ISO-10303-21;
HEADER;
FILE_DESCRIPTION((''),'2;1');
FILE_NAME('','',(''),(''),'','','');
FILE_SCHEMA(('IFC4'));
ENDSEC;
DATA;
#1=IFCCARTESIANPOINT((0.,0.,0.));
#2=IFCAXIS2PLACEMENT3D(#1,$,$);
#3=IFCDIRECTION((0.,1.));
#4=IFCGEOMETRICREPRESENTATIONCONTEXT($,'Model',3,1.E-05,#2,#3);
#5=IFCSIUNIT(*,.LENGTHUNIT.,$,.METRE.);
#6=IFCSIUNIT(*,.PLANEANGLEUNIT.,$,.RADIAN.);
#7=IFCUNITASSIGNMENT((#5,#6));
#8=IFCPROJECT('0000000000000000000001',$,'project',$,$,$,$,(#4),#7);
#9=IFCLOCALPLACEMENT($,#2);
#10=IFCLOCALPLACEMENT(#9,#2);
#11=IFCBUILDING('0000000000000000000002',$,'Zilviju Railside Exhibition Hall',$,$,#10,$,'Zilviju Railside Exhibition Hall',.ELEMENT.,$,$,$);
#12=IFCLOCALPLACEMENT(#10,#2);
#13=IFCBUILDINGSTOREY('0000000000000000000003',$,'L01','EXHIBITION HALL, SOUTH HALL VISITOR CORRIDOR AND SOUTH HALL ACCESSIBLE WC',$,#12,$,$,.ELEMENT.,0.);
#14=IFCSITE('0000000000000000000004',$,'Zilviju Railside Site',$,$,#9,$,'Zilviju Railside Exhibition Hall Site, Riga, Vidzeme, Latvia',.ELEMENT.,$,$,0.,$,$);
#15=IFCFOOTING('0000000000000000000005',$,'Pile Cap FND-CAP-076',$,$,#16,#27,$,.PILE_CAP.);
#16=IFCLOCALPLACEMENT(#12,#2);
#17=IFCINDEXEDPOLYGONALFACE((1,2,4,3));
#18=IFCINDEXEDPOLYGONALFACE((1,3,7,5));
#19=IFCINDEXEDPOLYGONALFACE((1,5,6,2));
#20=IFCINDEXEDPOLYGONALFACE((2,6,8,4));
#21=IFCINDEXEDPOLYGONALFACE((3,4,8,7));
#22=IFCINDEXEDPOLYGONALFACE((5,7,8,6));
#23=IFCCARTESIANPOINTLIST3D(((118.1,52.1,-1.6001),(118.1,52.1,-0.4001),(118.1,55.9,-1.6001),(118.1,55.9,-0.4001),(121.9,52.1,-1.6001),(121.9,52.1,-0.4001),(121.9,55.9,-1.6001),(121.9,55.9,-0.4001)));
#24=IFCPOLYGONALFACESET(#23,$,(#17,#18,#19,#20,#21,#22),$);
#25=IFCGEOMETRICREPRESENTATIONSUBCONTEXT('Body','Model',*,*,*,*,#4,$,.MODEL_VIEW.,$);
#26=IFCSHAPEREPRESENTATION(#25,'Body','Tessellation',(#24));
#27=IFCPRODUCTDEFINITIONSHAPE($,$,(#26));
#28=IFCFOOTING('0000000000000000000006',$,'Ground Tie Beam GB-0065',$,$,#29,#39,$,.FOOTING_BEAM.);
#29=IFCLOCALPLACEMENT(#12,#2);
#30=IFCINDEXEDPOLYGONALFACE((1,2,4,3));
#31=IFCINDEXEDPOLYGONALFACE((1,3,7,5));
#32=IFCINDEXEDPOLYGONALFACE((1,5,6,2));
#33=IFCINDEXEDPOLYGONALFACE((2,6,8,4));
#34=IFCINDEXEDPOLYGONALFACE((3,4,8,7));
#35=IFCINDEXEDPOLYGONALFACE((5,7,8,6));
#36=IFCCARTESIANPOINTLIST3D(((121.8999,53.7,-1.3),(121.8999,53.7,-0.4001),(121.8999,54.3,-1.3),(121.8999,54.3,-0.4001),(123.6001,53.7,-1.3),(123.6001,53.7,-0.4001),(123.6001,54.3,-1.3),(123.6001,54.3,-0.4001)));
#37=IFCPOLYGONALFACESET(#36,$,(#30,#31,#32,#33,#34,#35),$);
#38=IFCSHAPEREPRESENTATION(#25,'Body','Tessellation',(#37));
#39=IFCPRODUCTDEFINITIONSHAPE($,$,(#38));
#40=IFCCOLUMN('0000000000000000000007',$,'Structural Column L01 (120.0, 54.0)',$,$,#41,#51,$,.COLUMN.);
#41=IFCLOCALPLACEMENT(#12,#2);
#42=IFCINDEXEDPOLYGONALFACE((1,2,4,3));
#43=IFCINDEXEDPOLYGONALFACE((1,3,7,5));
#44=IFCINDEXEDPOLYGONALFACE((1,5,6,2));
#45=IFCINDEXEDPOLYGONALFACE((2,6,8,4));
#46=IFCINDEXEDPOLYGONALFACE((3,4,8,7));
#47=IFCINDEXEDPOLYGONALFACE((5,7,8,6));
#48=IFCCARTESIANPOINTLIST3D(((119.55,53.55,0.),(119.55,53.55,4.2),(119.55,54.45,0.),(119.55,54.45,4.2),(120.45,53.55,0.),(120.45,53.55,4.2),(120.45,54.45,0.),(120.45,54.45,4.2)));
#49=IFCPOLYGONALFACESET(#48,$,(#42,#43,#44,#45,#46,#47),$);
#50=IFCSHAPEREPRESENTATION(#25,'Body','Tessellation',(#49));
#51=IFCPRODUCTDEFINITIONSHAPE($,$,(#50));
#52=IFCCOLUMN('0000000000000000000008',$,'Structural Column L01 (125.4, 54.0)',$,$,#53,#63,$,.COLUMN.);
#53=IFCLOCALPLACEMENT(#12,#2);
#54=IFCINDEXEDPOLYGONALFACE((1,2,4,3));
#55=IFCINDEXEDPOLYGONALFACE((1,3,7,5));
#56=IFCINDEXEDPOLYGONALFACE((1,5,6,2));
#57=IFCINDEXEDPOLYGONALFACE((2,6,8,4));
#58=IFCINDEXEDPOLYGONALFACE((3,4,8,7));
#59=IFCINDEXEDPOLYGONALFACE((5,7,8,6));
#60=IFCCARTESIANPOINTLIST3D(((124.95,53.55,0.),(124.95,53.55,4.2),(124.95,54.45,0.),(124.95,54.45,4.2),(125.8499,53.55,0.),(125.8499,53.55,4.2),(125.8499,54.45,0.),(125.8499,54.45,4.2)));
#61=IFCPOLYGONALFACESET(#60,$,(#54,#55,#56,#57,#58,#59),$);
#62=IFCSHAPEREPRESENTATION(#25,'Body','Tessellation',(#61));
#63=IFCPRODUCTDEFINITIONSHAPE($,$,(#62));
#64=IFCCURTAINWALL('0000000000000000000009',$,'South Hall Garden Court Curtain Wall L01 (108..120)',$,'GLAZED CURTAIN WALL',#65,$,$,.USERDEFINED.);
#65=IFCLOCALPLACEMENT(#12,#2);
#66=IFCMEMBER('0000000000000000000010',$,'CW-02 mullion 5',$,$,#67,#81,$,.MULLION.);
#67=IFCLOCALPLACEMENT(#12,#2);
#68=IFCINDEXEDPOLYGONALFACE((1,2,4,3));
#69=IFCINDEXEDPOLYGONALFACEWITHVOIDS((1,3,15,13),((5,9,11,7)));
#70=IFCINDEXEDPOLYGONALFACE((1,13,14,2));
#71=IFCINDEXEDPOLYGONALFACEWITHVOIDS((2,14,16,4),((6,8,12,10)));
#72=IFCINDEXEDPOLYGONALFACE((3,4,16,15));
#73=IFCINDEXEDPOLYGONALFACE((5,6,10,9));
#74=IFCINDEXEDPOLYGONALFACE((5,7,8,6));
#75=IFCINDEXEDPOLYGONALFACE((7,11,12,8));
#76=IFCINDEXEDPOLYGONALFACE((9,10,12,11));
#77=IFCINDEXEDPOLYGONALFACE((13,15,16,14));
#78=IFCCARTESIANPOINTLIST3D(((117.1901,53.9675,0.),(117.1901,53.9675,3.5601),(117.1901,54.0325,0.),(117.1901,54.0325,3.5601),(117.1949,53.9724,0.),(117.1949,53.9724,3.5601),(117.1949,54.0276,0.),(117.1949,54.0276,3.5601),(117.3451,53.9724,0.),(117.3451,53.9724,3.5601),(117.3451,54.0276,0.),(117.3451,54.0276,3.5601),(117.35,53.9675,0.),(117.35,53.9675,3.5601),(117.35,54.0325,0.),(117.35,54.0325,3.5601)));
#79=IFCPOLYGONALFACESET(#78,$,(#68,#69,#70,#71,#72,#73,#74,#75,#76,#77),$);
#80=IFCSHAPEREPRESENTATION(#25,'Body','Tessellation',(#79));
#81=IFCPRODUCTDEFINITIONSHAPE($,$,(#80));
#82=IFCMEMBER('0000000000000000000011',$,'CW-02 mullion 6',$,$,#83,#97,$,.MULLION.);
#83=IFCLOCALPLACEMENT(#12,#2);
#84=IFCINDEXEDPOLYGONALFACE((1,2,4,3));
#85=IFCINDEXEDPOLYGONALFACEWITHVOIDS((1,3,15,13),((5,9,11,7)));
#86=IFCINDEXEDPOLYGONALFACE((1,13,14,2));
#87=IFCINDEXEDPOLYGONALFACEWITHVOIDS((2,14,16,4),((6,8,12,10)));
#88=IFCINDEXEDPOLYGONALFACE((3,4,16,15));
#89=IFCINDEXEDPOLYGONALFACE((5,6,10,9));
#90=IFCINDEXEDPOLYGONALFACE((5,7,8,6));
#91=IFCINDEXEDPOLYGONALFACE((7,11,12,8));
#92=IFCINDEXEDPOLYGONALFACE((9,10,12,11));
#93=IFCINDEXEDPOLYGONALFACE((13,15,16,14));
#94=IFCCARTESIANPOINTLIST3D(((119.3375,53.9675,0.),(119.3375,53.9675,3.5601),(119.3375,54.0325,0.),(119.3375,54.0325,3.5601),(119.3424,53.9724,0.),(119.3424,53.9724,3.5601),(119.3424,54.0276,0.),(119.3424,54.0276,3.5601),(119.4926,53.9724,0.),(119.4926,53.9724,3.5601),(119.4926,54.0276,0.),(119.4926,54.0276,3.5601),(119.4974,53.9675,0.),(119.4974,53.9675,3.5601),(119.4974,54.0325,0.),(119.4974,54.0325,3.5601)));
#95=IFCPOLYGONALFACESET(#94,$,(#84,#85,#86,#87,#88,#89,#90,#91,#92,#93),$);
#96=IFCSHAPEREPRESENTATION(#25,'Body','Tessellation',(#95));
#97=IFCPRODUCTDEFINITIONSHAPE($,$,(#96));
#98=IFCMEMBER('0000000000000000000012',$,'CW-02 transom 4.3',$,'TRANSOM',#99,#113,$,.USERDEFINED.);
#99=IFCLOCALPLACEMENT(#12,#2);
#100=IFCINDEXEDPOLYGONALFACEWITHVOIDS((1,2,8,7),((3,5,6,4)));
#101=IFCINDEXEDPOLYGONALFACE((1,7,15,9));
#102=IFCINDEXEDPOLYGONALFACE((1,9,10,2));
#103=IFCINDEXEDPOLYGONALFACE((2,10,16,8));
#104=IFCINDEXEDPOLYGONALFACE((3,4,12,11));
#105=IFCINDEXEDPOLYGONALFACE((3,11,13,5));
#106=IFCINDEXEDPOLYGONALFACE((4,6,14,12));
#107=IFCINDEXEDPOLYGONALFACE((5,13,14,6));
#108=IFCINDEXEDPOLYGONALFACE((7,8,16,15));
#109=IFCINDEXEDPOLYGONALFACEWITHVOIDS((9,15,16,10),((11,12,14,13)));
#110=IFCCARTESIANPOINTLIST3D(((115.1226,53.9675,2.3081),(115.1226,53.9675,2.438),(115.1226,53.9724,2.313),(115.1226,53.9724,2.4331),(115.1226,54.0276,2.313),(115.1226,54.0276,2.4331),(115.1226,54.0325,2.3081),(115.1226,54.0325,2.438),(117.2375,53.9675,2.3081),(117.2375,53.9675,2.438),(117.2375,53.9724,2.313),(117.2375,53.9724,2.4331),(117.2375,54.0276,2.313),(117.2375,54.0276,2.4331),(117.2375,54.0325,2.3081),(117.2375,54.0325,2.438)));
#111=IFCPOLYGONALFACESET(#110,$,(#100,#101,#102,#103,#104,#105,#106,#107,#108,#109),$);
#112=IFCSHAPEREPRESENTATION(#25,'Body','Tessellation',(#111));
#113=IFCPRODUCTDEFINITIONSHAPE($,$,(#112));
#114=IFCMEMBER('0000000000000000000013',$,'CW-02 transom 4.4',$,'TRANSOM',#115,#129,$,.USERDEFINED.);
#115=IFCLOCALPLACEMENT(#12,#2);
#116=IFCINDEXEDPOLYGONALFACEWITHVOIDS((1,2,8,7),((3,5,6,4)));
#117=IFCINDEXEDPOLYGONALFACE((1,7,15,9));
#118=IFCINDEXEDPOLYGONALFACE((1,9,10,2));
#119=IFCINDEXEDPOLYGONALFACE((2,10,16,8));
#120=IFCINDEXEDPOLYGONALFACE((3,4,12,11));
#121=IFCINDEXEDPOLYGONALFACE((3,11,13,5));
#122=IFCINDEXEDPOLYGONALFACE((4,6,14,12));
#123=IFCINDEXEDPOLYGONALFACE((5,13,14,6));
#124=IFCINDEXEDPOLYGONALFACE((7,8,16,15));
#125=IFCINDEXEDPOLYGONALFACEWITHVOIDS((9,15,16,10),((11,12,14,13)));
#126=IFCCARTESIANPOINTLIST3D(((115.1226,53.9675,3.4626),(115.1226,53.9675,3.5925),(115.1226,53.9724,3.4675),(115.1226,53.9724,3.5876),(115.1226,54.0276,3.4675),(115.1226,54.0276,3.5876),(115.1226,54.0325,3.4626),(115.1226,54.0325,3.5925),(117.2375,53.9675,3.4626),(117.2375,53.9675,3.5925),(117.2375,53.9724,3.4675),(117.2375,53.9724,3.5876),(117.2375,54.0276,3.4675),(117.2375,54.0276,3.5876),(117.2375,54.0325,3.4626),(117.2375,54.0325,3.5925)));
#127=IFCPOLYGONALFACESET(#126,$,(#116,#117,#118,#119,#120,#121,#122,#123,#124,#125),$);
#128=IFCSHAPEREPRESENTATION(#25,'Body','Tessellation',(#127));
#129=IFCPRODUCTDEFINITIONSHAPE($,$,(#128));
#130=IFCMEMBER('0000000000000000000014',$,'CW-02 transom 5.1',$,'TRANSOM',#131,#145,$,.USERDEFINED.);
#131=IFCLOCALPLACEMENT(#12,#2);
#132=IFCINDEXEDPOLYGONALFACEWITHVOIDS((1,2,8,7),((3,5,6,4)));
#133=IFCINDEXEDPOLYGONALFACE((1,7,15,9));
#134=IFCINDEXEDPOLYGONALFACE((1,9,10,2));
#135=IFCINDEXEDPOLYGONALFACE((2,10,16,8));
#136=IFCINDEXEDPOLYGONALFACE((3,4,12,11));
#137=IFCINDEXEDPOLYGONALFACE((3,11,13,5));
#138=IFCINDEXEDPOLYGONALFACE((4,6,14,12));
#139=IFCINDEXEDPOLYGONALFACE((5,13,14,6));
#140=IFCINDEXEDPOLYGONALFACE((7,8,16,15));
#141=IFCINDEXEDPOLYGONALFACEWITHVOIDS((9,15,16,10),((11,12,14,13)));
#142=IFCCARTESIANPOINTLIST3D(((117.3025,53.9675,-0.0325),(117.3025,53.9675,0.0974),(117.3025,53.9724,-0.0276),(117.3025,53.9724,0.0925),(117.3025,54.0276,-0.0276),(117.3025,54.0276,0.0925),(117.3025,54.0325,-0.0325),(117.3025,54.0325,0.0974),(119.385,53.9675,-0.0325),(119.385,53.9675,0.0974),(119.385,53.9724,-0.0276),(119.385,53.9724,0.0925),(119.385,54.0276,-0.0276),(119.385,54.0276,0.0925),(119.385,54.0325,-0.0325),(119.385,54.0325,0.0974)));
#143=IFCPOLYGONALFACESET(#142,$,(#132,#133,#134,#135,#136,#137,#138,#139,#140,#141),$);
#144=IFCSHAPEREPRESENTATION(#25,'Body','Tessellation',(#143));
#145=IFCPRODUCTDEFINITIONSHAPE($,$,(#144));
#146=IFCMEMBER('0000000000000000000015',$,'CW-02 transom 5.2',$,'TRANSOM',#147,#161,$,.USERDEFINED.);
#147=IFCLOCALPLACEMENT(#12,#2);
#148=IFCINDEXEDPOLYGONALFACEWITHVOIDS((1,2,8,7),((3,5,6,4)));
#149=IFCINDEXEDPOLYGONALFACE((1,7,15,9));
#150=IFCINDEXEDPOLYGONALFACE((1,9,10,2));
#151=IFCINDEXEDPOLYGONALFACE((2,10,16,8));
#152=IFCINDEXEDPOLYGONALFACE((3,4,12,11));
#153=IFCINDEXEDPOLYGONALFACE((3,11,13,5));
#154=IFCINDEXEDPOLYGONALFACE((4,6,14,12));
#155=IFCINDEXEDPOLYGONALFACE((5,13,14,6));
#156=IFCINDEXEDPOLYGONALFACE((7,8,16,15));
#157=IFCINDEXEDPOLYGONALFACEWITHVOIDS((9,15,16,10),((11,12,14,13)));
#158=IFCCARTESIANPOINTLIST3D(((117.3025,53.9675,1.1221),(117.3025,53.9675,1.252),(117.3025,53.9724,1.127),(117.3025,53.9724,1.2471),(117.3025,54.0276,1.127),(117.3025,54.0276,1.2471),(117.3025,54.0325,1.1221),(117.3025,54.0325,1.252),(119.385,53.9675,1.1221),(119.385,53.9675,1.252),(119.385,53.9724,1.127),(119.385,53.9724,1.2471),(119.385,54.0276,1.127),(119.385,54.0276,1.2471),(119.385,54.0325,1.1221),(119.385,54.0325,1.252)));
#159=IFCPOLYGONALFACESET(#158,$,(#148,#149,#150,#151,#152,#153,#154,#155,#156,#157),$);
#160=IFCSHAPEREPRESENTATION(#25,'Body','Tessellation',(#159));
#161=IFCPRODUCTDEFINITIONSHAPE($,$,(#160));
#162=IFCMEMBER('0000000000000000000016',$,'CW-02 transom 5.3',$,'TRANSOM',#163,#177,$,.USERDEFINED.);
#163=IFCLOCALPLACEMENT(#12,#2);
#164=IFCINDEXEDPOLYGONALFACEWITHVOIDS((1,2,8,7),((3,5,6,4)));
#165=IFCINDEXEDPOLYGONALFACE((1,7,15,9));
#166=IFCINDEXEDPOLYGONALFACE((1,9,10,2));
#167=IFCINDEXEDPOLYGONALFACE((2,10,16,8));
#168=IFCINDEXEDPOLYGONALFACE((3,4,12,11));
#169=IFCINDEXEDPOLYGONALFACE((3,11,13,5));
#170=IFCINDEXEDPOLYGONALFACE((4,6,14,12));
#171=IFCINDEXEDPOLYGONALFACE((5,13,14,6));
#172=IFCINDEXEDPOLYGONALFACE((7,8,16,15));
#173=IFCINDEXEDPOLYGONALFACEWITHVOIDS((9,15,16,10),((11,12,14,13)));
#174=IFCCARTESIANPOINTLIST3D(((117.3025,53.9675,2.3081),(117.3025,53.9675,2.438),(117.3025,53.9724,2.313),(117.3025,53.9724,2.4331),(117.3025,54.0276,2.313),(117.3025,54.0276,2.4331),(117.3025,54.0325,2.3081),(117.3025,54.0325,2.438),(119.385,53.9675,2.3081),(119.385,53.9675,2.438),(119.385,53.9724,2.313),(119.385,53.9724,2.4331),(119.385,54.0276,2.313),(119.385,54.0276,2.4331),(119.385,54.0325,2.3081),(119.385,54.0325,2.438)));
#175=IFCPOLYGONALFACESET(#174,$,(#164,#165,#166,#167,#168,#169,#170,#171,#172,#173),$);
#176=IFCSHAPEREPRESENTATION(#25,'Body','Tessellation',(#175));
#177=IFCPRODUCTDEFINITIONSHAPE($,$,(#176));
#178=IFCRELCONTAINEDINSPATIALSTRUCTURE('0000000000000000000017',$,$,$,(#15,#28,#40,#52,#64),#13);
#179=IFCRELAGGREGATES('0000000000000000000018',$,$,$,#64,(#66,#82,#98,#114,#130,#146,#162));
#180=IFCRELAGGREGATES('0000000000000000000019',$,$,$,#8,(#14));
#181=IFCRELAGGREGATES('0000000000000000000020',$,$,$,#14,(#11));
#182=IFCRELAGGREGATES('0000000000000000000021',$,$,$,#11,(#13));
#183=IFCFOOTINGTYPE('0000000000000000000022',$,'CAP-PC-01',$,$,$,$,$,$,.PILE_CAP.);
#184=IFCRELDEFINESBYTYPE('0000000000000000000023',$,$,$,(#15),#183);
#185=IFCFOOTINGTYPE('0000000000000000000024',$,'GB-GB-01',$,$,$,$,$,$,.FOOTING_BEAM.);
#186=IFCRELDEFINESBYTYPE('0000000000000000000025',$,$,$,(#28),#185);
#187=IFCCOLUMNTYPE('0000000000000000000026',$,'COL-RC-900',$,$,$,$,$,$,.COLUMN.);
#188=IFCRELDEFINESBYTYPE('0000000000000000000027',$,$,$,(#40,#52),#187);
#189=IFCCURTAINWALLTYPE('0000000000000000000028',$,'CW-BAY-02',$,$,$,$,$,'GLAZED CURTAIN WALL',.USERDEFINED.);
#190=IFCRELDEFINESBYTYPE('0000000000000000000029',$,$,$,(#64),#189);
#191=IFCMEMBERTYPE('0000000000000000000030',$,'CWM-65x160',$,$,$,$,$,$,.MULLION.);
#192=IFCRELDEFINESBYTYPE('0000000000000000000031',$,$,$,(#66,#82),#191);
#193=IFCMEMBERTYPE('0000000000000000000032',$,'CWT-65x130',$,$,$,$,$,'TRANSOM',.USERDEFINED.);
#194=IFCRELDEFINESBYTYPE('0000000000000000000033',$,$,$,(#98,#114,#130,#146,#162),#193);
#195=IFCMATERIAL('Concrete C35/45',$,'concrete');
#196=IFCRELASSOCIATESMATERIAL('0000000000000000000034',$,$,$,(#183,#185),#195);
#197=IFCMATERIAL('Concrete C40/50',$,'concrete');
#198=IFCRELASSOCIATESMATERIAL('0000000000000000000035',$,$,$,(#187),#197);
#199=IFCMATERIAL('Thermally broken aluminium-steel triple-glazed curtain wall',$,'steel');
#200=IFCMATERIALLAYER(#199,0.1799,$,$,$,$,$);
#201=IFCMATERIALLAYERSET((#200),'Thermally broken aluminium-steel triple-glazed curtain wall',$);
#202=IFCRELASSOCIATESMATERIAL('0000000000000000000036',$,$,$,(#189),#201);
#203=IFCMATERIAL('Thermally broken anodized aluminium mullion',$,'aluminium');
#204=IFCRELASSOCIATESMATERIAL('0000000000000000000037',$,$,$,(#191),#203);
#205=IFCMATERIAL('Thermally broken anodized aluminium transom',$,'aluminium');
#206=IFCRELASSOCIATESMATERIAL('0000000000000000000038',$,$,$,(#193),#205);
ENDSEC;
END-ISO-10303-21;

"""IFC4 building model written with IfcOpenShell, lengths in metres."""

from ifc_helpers import new_model, si_unit, direction, frame, origin, origin_2d, place, context, subcontext, project, spatial, rectangle, hollow_rectangle, extrude, material, layer, layer_set, material_profile, profile_set, type_object, element, aggregate, save


model = new_model("IFC4")

# Units and contexts
model_context = context("Model", 3, precision=1e-05, world=origin(), true_north=direction((0.0, 1.0)))
body_context = subcontext(model_context, "Body", "Model", "MODEL_VIEW")
ifc_project = project(units=[si_unit("LENGTHUNIT", "METRE"), si_unit("PLANEANGLEUNIT", "RADIAN")], contexts=[model_context])

# Site, building, storey
site_placement = place(None, origin())
site = spatial("IfcSite", under=ifc_project, at=site_placement, Name="Zilviju Railside Site", LongName="Zilviju Railside Exhibition Hall Site, Riga, Vidzeme, Latvia", CompositionType="ELEMENT", RefElevation=0.0)
building_placement = place(site_placement, origin())
building = spatial("IfcBuilding", under=site, at=building_placement, Name="Zilviju Railside Exhibition Hall", LongName="Zilviju Railside Exhibition Hall", CompositionType="ELEMENT")
storey_placement = place(building_placement, origin())
storey = spatial("IfcBuildingStorey", under=building, at=storey_placement, Name="L01", Description="EXHIBITION HALL, SOUTH HALL VISITOR CORRIDOR AND SOUTH HALL ACCESSIBLE WC", CompositionType="ELEMENT", Elevation=0.0)

# Footings
ifc_material_1 = material(Name="Concrete C35/45", Category="concrete")
footing_type_1 = type_object("IfcFootingType", Name="CAP-PC-01", PredefinedType="PILE_CAP", material=ifc_material_1)
footing_1_placement = place(storey_placement, frame((120.0, 54.0, -1.6001), z_axis=(0.0, 0.0, 1.0), x_axis=(1.0, 0.0, 0.0)))
element("IfcFooting", 1, at=footing_1_placement, inside=storey, type_object=footing_type_1, Name="Pile Cap FND-CAP-076", PredefinedType="PILE_CAP", context=body_context, shape_type="SweptSolid", body=[
    extrude(rectangle(XDim=3.8, YDim=3.8, at=origin_2d()), origin(), (0.0, 0.0, 1.0), 1.2),
])
ifc_material_profile_1 = material_profile(ifc_material_1, rectangle(XDim=0.6001, YDim=0.8999, at=origin_2d()), Name="TIE BEAM 600x900")
ifc_profile_set_1 = profile_set([ifc_material_profile_1], Name="Concrete C35/45")
footing_type_2 = type_object("IfcFootingType", Name="GB-GB-01", PredefinedType="FOOTING_BEAM", material=ifc_profile_set_1)
footing_2_placement = place(storey_placement, frame((121.8999, 54.0, -0.8501), z_axis=(1.0, 0.0, 0.0), x_axis=(0.0, 1.0, 0.0)))
element("IfcFooting", 2, at=footing_2_placement, inside=storey, type_object=footing_type_2, Name="Ground Tie Beam GB-0065", PredefinedType="FOOTING_BEAM", context=body_context, shape_type="SweptSolid", body=[
    extrude(rectangle(XDim=0.6001, YDim=0.8999, at=origin_2d()), origin(), (0.0, 0.0, 1.0), 1.7002),
])

# Columns
ifc_material_2 = material(Name="Concrete C40/50", Category="concrete")
ifc_material_profile_2 = material_profile(ifc_material_2, rectangle(XDim=0.8999, YDim=0.8999, at=origin_2d()), Name="RC COL 900x900")
ifc_profile_set_2 = profile_set([ifc_material_profile_2], Name="Concrete C40/50")
column_type = type_object("IfcColumnType", Name="COL-RC-900", PredefinedType="COLUMN", material=ifc_profile_set_2)
for number, where, z_axis, x_axis, name in (
    (3, (120.0, 54.0, 0.0), (0.0, 0.0, 1.0), (1.0, 0.0, 0.0), "Structural Column L01 (120.0, 54.0)"),
    (4, (125.3999, 54.0, 0.0), (0.0, 0.0, 1.0), (1.0, 0.0, 0.0), "Structural Column L01 (125.4, 54.0)"),
):
    element("IfcColumn", number, at=place(storey_placement, frame(where, z_axis=z_axis, x_axis=x_axis)), inside=storey, type_object=column_type, Name=name, PredefinedType="COLUMN", context=body_context, shape_type="SweptSolid", body=[
        extrude(rectangle(XDim=0.8999, YDim=0.8999, at=origin_2d()), origin(), (0.0, 0.0, 1.0), 4.2),
    ])

# Curtain wall, members
ifc_material_3 = material(Name="Thermally broken aluminium-steel triple-glazed curtain wall", Category="steel")
ifc_layer_1 = layer(ifc_material_3, 0.1799)
ifc_layer_set_1 = layer_set([ifc_layer_1], Name="Thermally broken aluminium-steel triple-glazed curtain wall")
curtain_wall_type = type_object("IfcCurtainWallType", Name="CW-BAY-02", ElementType="GLAZED CURTAIN WALL", PredefinedType="USERDEFINED", material=ifc_layer_set_1)
curtain_wall_placement = place(storey_placement, origin())
curtain_wall = element("IfcCurtainWall", 5, at=curtain_wall_placement, inside=storey, type_object=curtain_wall_type, Name="South Hall Garden Court Curtain Wall L01 (108..120)", ObjectType="GLAZED CURTAIN WALL", PredefinedType="USERDEFINED")
ifc_material_4 = material(Name="Thermally broken anodized aluminium mullion", Category="aluminium")
ifc_material_profile_3 = material_profile(ifc_material_4, hollow_rectangle(XDim=0.0649, YDim=0.1599, WallThickness=0.0049, at=origin_2d()), Name="MULLION 160x65x5")
ifc_profile_set_3 = profile_set([ifc_material_profile_3], Name="Thermally broken anodized aluminium mullion")
member_type_1 = type_object("IfcMemberType", Name="CWM-65x160", PredefinedType="MULLION", material=ifc_profile_set_3)
member_1_placement = place(storey_placement, frame((117.27, 54.0, 0.0), z_axis=(0.0, 0.0, 1.0), x_axis=(0.0, 1.0, 0.0)))
member_1 = element("IfcMember", 6, at=member_1_placement, type_object=member_type_1, Name="CW-02 mullion 5", PredefinedType="MULLION", context=body_context, shape_type="SweptSolid", body=[
    extrude(hollow_rectangle(XDim=0.0649, YDim=0.1599, WallThickness=0.0049, at=origin_2d()), origin(), (0.0, 0.0, 1.0), 3.5601),
])
member_2_placement = place(storey_placement, frame((119.4175, 54.0, 0.0), z_axis=(0.0, 0.0, 1.0), x_axis=(0.0, 1.0, 0.0)))
member_2 = element("IfcMember", 7, at=member_2_placement, type_object=member_type_1, Name="CW-02 mullion 6", PredefinedType="MULLION", context=body_context, shape_type="SweptSolid", body=[
    extrude(hollow_rectangle(XDim=0.0649, YDim=0.1599, WallThickness=0.0049, at=origin_2d()), origin(), (0.0, 0.0, 1.0), 3.5601),
])
ifc_material_5 = material(Name="Thermally broken anodized aluminium transom", Category="aluminium")
ifc_material_profile_4 = material_profile(ifc_material_5, hollow_rectangle(XDim=0.0649, YDim=0.1299, WallThickness=0.0049, at=origin_2d()), Name="TRANSOM 130x65x5")
ifc_profile_set_4 = profile_set([ifc_material_profile_4], Name="Thermally broken anodized aluminium transom")
member_type_2 = type_object("IfcMemberType", Name="CWT-65x130", ElementType="TRANSOM", PredefinedType="USERDEFINED", material=ifc_profile_set_4)
member_3_placement = place(storey_placement, frame((115.1226, 54.0, 2.373), z_axis=(1.0, 0.0, 0.0), x_axis=(0.0, 1.0, 0.0)))
member_3 = element("IfcMember", 8, at=member_3_placement, type_object=member_type_2, Name="CW-02 transom 4.3", ObjectType="TRANSOM", PredefinedType="USERDEFINED", context=body_context, shape_type="SweptSolid", body=[
    extrude(hollow_rectangle(XDim=0.0649, YDim=0.1299, WallThickness=0.0049, at=origin_2d()), origin(), (0.0, 0.0, 1.0), 2.115),
])
member_4_placement = place(storey_placement, frame((115.1226, 54.0, 3.5276), z_axis=(1.0, 0.0, 0.0), x_axis=(0.0, 1.0, 0.0)))
member_4 = element("IfcMember", 9, at=member_4_placement, type_object=member_type_2, Name="CW-02 transom 4.4", ObjectType="TRANSOM", PredefinedType="USERDEFINED", context=body_context, shape_type="SweptSolid", body=[
    extrude(hollow_rectangle(XDim=0.0649, YDim=0.1299, WallThickness=0.0049, at=origin_2d()), origin(), (0.0, 0.0, 1.0), 2.115),
])
member_5_placement = place(storey_placement, frame((117.3025, 54.0, 0.0325), z_axis=(1.0, 0.0, 0.0), x_axis=(0.0, 1.0, 0.0)))
member_5 = element("IfcMember", 10, at=member_5_placement, type_object=member_type_2, Name="CW-02 transom 5.1", ObjectType="TRANSOM", PredefinedType="USERDEFINED", context=body_context, shape_type="SweptSolid", body=[
    extrude(hollow_rectangle(XDim=0.0649, YDim=0.1299, WallThickness=0.0049, at=origin_2d()), origin(), (0.0, 0.0, 1.0), 2.0825),
])
member_6_placement = place(storey_placement, frame((117.3025, 54.0, 1.187), z_axis=(1.0, 0.0, 0.0), x_axis=(0.0, 1.0, 0.0)))
member_6 = element("IfcMember", 11, at=member_6_placement, type_object=member_type_2, Name="CW-02 transom 5.2", ObjectType="TRANSOM", PredefinedType="USERDEFINED", context=body_context, shape_type="SweptSolid", body=[
    extrude(hollow_rectangle(XDim=0.0649, YDim=0.1299, WallThickness=0.0049, at=origin_2d()), origin(), (0.0, 0.0, 1.0), 2.0825),
])
member_7_placement = place(storey_placement, frame((117.3025, 54.0, 2.373), z_axis=(1.0, 0.0, 0.0), x_axis=(0.0, 1.0, 0.0)))
member_7 = element("IfcMember", 12, at=member_7_placement, type_object=member_type_2, Name="CW-02 transom 5.3", ObjectType="TRANSOM", PredefinedType="USERDEFINED", context=body_context, shape_type="SweptSolid", body=[
    extrude(hollow_rectangle(XDim=0.0649, YDim=0.1299, WallThickness=0.0049, at=origin_2d()), origin(), (0.0, 0.0, 1.0), 2.0825),
])
aggregate(curtain_wall, [member_1, member_2, member_3, member_4, member_5, member_6, member_7])

save(model, "model.ifc")
